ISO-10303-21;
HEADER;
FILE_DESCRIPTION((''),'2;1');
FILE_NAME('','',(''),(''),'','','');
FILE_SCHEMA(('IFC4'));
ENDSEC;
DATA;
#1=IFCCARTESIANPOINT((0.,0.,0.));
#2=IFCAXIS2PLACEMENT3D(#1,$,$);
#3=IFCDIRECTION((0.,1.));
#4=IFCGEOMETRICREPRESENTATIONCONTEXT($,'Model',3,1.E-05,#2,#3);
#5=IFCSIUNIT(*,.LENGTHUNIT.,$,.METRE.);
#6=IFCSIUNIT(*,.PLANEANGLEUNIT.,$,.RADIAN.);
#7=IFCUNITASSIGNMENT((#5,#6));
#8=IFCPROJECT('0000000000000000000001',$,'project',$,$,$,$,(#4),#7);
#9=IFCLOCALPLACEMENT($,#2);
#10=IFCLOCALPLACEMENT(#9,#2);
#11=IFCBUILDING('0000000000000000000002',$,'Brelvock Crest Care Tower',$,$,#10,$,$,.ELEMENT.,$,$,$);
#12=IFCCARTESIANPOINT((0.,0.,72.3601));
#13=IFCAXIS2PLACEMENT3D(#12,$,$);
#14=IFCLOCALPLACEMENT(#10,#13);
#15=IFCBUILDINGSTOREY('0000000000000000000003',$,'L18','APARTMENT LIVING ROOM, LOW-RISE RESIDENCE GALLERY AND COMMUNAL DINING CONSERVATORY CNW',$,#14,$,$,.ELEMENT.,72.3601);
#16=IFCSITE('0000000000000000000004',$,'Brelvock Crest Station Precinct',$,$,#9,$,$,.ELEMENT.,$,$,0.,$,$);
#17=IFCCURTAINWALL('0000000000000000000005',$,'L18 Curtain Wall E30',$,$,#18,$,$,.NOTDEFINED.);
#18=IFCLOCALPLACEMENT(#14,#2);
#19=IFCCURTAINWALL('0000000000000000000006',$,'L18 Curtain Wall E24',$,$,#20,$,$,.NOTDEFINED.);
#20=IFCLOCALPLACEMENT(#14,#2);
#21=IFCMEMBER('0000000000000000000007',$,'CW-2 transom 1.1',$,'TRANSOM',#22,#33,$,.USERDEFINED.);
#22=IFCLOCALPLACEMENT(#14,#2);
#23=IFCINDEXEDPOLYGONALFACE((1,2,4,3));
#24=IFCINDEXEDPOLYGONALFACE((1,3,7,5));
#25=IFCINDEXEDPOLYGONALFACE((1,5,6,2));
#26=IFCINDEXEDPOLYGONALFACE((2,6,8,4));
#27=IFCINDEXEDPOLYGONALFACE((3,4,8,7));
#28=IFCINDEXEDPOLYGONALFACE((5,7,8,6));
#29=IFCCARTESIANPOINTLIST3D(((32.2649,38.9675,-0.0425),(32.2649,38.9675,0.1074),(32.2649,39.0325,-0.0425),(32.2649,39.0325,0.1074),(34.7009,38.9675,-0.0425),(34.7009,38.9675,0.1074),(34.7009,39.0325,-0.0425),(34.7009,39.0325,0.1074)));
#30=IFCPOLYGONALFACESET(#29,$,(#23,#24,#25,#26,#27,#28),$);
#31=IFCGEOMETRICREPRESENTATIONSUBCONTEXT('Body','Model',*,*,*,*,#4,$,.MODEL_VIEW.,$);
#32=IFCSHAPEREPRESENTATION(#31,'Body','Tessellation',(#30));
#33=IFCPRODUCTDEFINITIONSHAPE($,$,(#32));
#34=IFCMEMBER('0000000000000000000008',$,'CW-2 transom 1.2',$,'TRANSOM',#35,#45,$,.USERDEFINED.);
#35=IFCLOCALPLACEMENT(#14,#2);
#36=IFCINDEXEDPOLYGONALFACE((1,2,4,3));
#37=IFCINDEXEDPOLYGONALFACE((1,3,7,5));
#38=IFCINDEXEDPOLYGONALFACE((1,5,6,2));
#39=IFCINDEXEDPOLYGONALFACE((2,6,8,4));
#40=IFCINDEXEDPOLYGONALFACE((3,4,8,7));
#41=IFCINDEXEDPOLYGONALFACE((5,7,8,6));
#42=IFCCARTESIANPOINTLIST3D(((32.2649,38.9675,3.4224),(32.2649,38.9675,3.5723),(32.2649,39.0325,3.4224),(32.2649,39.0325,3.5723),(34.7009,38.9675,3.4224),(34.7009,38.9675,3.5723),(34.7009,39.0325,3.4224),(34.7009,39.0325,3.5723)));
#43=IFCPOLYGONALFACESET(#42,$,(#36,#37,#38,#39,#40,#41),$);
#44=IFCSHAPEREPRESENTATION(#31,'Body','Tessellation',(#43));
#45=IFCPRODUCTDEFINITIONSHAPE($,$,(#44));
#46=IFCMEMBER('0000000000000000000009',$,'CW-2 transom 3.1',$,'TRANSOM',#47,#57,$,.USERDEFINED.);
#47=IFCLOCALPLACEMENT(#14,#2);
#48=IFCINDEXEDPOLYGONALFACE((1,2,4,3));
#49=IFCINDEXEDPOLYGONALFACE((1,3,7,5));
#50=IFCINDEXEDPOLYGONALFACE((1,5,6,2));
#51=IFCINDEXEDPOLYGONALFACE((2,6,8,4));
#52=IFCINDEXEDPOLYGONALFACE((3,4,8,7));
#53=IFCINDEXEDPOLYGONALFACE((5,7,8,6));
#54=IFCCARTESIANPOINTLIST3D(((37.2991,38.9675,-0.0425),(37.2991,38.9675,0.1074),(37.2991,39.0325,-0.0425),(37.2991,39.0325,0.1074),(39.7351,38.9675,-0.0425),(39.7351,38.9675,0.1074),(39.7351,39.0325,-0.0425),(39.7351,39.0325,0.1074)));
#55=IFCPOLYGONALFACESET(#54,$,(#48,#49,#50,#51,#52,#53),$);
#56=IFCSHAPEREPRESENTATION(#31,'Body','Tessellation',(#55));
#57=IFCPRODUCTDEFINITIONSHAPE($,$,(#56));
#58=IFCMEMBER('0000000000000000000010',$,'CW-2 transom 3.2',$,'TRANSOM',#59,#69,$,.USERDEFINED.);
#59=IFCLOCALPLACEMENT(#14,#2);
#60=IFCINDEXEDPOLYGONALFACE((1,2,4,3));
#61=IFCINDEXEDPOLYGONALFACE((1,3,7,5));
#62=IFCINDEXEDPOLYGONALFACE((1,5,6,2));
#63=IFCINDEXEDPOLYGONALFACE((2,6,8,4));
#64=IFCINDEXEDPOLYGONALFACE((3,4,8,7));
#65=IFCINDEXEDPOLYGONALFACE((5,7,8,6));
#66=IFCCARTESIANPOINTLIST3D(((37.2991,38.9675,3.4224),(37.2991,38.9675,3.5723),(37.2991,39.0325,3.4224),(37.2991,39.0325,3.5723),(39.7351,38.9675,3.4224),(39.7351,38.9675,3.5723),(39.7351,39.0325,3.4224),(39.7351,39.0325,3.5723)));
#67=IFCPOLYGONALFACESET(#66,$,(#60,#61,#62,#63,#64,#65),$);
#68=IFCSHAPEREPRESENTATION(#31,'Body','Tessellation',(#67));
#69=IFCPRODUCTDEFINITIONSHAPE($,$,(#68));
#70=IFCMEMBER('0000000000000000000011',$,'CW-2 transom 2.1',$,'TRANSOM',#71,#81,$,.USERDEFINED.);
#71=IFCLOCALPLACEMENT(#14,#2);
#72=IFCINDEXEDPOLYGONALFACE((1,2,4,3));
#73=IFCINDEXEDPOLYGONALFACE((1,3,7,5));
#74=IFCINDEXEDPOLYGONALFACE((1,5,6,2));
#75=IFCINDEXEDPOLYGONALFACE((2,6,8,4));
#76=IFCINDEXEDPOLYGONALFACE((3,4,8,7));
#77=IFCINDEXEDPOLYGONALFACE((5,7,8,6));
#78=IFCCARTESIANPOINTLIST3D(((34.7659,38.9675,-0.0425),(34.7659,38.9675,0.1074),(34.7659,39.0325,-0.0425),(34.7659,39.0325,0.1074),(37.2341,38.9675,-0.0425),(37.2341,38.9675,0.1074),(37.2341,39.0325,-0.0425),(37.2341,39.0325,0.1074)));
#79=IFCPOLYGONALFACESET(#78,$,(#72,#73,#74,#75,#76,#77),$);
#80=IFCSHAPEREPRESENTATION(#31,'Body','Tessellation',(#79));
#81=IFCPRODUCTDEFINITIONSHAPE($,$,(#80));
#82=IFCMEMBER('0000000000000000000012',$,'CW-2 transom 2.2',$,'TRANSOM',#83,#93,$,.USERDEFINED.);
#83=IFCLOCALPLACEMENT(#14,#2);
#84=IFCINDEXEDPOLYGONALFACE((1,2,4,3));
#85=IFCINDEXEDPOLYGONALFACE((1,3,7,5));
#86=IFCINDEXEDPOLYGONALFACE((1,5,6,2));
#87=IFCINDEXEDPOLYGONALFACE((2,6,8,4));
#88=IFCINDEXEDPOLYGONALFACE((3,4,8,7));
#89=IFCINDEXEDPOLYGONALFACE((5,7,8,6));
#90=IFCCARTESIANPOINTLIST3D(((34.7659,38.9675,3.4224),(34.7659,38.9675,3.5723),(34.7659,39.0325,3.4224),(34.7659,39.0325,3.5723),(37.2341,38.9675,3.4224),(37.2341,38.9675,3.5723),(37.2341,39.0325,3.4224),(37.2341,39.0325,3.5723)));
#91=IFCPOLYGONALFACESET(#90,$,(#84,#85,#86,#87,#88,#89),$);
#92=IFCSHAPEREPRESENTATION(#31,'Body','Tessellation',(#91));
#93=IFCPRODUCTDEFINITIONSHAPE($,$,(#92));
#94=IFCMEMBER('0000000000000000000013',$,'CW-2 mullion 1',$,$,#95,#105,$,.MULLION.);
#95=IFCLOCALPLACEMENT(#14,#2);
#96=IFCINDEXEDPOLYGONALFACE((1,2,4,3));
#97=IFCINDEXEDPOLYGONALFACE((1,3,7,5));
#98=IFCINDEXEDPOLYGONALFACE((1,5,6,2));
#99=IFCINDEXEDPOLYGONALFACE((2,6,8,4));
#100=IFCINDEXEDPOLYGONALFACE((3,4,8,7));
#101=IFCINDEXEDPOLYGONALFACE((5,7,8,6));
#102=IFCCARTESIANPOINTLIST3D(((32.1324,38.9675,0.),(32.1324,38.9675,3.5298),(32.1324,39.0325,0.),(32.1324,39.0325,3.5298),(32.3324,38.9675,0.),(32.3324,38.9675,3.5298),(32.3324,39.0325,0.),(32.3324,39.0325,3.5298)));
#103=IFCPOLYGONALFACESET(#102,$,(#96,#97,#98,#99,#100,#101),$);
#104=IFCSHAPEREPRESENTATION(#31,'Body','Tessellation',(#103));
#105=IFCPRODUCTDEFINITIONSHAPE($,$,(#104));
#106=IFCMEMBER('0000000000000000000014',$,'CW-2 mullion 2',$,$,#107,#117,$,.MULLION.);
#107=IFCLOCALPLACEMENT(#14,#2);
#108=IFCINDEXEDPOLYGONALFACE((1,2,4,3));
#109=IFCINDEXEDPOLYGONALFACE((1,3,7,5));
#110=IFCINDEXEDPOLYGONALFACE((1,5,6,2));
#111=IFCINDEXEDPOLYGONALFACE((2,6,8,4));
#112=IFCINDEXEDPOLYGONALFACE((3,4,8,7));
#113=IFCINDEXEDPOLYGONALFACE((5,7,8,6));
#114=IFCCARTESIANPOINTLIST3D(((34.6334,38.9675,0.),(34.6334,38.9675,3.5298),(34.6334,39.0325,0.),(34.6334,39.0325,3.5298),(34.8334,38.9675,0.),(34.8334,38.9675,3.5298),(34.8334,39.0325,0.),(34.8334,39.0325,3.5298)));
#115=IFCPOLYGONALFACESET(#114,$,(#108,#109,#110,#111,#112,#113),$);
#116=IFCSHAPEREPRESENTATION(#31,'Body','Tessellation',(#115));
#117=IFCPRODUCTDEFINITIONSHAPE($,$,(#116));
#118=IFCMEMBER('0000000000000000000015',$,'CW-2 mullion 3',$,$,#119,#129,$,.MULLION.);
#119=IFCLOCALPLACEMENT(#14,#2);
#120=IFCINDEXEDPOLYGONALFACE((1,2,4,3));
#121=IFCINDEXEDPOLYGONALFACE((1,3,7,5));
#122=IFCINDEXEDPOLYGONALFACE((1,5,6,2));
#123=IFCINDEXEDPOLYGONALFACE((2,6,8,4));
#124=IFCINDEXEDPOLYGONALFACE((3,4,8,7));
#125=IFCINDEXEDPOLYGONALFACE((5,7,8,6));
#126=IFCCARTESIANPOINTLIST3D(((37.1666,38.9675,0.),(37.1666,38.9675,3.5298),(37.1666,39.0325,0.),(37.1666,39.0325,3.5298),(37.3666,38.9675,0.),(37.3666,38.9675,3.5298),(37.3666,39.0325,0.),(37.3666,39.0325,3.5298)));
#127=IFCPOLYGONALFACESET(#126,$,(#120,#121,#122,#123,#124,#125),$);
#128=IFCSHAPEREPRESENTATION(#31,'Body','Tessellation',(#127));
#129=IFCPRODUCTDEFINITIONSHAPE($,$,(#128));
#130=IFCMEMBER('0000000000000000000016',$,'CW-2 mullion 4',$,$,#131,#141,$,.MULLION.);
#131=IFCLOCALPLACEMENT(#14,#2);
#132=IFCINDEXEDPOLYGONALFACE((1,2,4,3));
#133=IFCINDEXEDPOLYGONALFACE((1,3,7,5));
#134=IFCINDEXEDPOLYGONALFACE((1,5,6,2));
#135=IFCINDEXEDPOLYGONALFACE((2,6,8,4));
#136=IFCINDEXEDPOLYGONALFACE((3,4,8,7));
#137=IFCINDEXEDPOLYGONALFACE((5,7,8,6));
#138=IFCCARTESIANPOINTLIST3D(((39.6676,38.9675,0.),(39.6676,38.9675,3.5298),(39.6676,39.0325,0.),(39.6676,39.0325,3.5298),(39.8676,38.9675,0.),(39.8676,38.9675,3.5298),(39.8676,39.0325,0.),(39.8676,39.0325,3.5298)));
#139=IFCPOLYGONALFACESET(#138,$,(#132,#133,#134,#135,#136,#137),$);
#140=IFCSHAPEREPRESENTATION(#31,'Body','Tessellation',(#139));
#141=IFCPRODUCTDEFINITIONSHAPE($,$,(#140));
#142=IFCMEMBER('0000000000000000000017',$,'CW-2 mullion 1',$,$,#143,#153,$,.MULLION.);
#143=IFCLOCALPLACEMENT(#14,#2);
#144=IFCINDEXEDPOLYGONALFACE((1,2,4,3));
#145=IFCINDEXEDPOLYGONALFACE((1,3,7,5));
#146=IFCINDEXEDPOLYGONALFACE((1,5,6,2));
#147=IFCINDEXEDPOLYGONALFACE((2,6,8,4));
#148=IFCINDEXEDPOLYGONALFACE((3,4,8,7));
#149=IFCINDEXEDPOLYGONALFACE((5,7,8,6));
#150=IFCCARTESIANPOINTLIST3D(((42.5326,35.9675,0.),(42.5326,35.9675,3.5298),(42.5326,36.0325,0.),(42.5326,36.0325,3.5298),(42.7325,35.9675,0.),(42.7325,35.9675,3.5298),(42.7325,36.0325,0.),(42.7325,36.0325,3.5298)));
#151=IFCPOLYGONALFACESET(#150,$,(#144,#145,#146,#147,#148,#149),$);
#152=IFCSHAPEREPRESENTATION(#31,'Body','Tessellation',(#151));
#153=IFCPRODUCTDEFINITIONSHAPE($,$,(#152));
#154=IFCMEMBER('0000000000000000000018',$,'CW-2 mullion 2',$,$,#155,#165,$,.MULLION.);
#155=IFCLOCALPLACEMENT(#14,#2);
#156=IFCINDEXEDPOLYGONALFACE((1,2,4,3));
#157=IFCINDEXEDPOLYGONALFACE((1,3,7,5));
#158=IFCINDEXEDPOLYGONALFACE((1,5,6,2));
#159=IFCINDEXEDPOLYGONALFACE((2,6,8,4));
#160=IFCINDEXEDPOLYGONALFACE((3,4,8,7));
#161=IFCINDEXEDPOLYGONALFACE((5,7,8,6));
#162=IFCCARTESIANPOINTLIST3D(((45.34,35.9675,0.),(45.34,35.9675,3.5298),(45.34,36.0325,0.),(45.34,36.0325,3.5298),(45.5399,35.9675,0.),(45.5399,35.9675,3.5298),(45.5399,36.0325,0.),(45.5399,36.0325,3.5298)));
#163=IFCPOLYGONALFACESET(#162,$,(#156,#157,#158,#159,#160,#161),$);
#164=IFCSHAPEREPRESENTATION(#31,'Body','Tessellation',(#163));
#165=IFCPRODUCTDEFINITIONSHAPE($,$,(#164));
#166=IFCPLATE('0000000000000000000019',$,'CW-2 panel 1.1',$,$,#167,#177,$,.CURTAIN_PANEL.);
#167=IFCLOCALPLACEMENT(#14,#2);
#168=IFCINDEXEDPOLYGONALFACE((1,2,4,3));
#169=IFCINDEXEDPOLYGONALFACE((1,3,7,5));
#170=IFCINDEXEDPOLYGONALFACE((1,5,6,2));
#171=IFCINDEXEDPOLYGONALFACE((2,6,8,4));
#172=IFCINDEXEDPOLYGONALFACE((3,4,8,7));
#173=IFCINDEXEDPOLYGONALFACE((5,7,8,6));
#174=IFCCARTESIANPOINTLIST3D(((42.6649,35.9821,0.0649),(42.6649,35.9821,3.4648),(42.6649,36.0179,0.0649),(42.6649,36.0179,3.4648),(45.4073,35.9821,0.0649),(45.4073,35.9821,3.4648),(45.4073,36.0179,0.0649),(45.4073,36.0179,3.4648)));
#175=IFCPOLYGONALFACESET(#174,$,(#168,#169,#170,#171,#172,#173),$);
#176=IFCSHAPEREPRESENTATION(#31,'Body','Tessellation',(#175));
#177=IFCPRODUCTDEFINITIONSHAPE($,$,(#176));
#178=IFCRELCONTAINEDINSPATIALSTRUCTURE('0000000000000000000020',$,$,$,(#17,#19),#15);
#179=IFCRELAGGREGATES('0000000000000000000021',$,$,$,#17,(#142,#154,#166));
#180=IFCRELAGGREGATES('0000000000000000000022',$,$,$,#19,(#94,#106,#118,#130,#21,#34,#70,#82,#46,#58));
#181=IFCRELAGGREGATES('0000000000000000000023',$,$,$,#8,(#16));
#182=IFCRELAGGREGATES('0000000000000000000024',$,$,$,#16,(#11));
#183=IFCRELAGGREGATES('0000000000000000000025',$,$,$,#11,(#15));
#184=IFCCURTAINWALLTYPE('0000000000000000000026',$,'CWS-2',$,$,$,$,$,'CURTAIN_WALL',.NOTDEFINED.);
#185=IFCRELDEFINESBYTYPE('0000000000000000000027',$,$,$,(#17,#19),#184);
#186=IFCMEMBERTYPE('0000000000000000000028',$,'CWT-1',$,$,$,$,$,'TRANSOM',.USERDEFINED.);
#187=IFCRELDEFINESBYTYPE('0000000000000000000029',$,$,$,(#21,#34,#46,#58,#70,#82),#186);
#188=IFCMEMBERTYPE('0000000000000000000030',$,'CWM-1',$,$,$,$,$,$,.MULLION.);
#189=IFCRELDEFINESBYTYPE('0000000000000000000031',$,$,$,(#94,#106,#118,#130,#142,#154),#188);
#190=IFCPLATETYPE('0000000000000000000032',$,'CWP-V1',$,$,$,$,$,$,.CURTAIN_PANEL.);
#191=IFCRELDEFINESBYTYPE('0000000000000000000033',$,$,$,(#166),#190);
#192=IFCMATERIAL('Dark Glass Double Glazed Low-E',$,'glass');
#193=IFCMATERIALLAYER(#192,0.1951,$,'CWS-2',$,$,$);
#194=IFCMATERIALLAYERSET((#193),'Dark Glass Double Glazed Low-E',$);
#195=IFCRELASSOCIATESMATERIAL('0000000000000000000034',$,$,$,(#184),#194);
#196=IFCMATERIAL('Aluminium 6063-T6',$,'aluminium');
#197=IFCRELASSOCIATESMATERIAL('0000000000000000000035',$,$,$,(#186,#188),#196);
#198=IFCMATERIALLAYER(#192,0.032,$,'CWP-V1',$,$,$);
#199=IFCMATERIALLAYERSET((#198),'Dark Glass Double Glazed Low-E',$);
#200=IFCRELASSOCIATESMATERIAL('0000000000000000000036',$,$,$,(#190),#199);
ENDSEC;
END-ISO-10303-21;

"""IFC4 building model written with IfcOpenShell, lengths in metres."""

from ifc_helpers import new_model, si_unit, direction, frame, origin, origin_2d, place, context, subcontext, project, spatial, rectangle, extrude, source, transform, mapped, material, layer, layer_set, material_profile, profile_set, type_object, element, aggregate, save


model = new_model("IFC4")

# Units and contexts
model_context = context("Model", 3, precision=1e-05, world=origin(), true_north=direction((0.0, 1.0)))
body_context = subcontext(model_context, "Body", "Model", "MODEL_VIEW")
ifc_project = project(units=[si_unit("LENGTHUNIT", "METRE"), si_unit("PLANEANGLEUNIT", "RADIAN")], contexts=[model_context])

# Site, building, storey
site_placement = place(None, origin())
site = spatial("IfcSite", under=ifc_project, at=site_placement, Name="Brelvock Crest Station Precinct", CompositionType="ELEMENT", RefElevation=0.0)
building_placement = place(site_placement, origin())
building = spatial("IfcBuilding", under=site, at=building_placement, Name="Brelvock Crest Care Tower", CompositionType="ELEMENT")
storey_placement = place(building_placement, frame((0.0, 0.0, 72.3601)))
storey = spatial("IfcBuildingStorey", under=building, at=storey_placement, Name="L18", Description="APARTMENT LIVING ROOM, LOW-RISE RESIDENCE GALLERY AND COMMUNAL DINING CONSERVATORY CNW", CompositionType="ELEMENT", Elevation=72.3601)

# Curtain walls, members
ifc_material_1 = material(Name="Dark Glass Double Glazed Low-E", Category="glass")
ifc_layer_1 = layer(ifc_material_1, 0.1951, Name="CWS-2")
ifc_layer_set_1 = layer_set([ifc_layer_1], Name="Dark Glass Double Glazed Low-E")
curtain_wall_type = type_object("IfcCurtainWallType", Name="CWS-2", ElementType="CURTAIN_WALL", PredefinedType="NOTDEFINED", material=ifc_layer_set_1)
curtain_wall_1_placement = place(storey_placement, origin())
curtain_wall_1 = element("IfcCurtainWall", 1, at=curtain_wall_1_placement, inside=storey, type_object=curtain_wall_type, Name="L18 Curtain Wall E30", PredefinedType="NOTDEFINED")
ifc_material_2 = material(Name="Aluminium 6063-T6", Category="aluminium")
ifc_material_profile_1 = material_profile(ifc_material_2, rectangle(XDim=0.0649, YDim=0.1499, at=origin_2d()), Name="ALU65x150")
ifc_profile_set_1 = profile_set([ifc_material_profile_1], Name="Aluminium 6063-T6")
member_type_1 = type_object("IfcMemberType", Name="CWT-1", ElementType="TRANSOM", PredefinedType="USERDEFINED", material=ifc_profile_set_1)
curtain_wall_2_placement = place(storey_placement, origin())
curtain_wall_2 = element("IfcCurtainWall", 2, at=curtain_wall_2_placement, inside=storey, type_object=curtain_wall_type, Name="L18 Curtain Wall E24", PredefinedType="NOTDEFINED")
shared_shape_1 = source(origin(), body_context, "Body", "SweptSolid", [
    extrude(rectangle(XDim=0.0649, YDim=0.1499, at=origin_2d()), origin(), (0.0, 0.0, 1.0), 2.436),
])
member_1_placement = place(storey_placement, frame((32.2649, 39.0, 0.0325), z_axis=(1.0, 0.0, 0.0), x_axis=(0.0, 1.0, 0.0)))
member_1 = element("IfcMember", 3, at=member_1_placement, type_object=member_type_1, Name="CW-2 transom 1.1", ObjectType="TRANSOM", PredefinedType="USERDEFINED", context=body_context, shape_type="MappedRepresentation", body=[
    mapped(shared_shape_1, transform((0.0, 0.0, 0.0), x_axis=(1.0, 0.0, 0.0), y_axis=(0.0, 1.0, 0.0), z_axis=(0.0, 0.0, 1.0), scale=1.0)),
])
member_2_placement = place(storey_placement, frame((32.2649, 39.0, 3.4973), z_axis=(1.0, 0.0, 0.0), x_axis=(0.0, 1.0, 0.0)))
member_2 = element("IfcMember", 4, at=member_2_placement, type_object=member_type_1, Name="CW-2 transom 1.2", ObjectType="TRANSOM", PredefinedType="USERDEFINED", context=body_context, shape_type="MappedRepresentation", body=[
    mapped(shared_shape_1, transform((0.0, 0.0, 0.0), x_axis=(1.0, 0.0, 0.0), y_axis=(0.0, 1.0, 0.0), z_axis=(0.0, 0.0, 1.0), scale=1.0)),
])
member_3_placement = place(storey_placement, frame((37.2991, 39.0, 0.0325), z_axis=(1.0, 0.0, 0.0), x_axis=(0.0, 1.0, 0.0)))
member_3 = element("IfcMember", 5, at=member_3_placement, type_object=member_type_1, Name="CW-2 transom 3.1", ObjectType="TRANSOM", PredefinedType="USERDEFINED", context=body_context, shape_type="MappedRepresentation", body=[
    mapped(shared_shape_1, transform((0.0, 0.0, 0.0), x_axis=(1.0, 0.0, 0.0), y_axis=(0.0, 1.0, 0.0), z_axis=(0.0, 0.0, 1.0), scale=1.0)),
])
member_4_placement = place(storey_placement, frame((37.2991, 39.0, 3.4973), z_axis=(1.0, 0.0, 0.0), x_axis=(0.0, 1.0, 0.0)))
member_4 = element("IfcMember", 6, at=member_4_placement, type_object=member_type_1, Name="CW-2 transom 3.2", ObjectType="TRANSOM", PredefinedType="USERDEFINED", context=body_context, shape_type="MappedRepresentation", body=[
    mapped(shared_shape_1, transform((0.0, 0.0, 0.0), x_axis=(1.0, 0.0, 0.0), y_axis=(0.0, 1.0, 0.0), z_axis=(0.0, 0.0, 1.0), scale=1.0)),
])
shared_shape_2 = source(origin(), body_context, "Body", "SweptSolid", [
    extrude(rectangle(XDim=0.0649, YDim=0.1499, at=origin_2d()), origin(), (0.0, 0.0, 1.0), 2.4683),
])
member_5_placement = place(storey_placement, frame((34.7659, 39.0, 0.0325), z_axis=(1.0, 0.0, 0.0), x_axis=(0.0, 1.0, 0.0)))
member_5 = element("IfcMember", 7, at=member_5_placement, type_object=member_type_1, Name="CW-2 transom 2.1", ObjectType="TRANSOM", PredefinedType="USERDEFINED", context=body_context, shape_type="MappedRepresentation", body=[
    mapped(shared_shape_2, transform((0.0, 0.0, 0.0), x_axis=(1.0, 0.0, 0.0), y_axis=(0.0, 1.0, 0.0), z_axis=(0.0, 0.0, 1.0), scale=1.0)),
])
member_6_placement = place(storey_placement, frame((34.7659, 39.0, 3.4973), z_axis=(1.0, 0.0, 0.0), x_axis=(0.0, 1.0, 0.0)))
member_6 = element("IfcMember", 8, at=member_6_placement, type_object=member_type_1, Name="CW-2 transom 2.2", ObjectType="TRANSOM", PredefinedType="USERDEFINED", context=body_context, shape_type="MappedRepresentation", body=[
    mapped(shared_shape_2, transform((0.0, 0.0, 0.0), x_axis=(1.0, 0.0, 0.0), y_axis=(0.0, 1.0, 0.0), z_axis=(0.0, 0.0, 1.0), scale=1.0)),
])
ifc_material_profile_2 = material_profile(ifc_material_2, rectangle(XDim=0.0649, YDim=0.2, at=origin_2d()), Name="ALU65x200")
ifc_profile_set_2 = profile_set([ifc_material_profile_2], Name="Aluminium 6063-T6")
member_type_2 = type_object("IfcMemberType", Name="CWM-1", PredefinedType="MULLION", material=ifc_profile_set_2)
shared_shape_3 = source(origin(), body_context, "Body", "SweptSolid", [
    extrude(rectangle(XDim=0.0649, YDim=0.2, at=origin_2d()), origin(), (0.0, 0.0, 1.0), 3.5298),
])
member_7_placement = place(storey_placement, frame((32.2324, 39.0, 0.0), z_axis=(0.0, 0.0, 1.0), x_axis=(0.0, 1.0, 0.0)))
member_7 = element("IfcMember", 9, at=member_7_placement, type_object=member_type_2, Name="CW-2 mullion 1", PredefinedType="MULLION", context=body_context, shape_type="MappedRepresentation", body=[
    mapped(shared_shape_3, transform((0.0, 0.0, 0.0), x_axis=(1.0, 0.0, 0.0), y_axis=(0.0, 1.0, 0.0), z_axis=(0.0, 0.0, 1.0), scale=1.0)),
])
member_8_placement = place(storey_placement, frame((34.7334, 39.0, 0.0), z_axis=(0.0, 0.0, 1.0), x_axis=(0.0, 1.0, 0.0)))
member_8 = element("IfcMember", 10, at=member_8_placement, type_object=member_type_2, Name="CW-2 mullion 2", PredefinedType="MULLION", context=body_context, shape_type="MappedRepresentation", body=[
    mapped(shared_shape_3, transform((0.0, 0.0, 0.0), x_axis=(1.0, 0.0, 0.0), y_axis=(0.0, 1.0, 0.0), z_axis=(0.0, 0.0, 1.0), scale=1.0)),
])
member_9_placement = place(storey_placement, frame((37.2666, 39.0, 0.0), z_axis=(0.0, 0.0, 1.0), x_axis=(0.0, 1.0, 0.0)))
member_9 = element("IfcMember", 11, at=member_9_placement, type_object=member_type_2, Name="CW-2 mullion 3", PredefinedType="MULLION", context=body_context, shape_type="MappedRepresentation", body=[
    mapped(shared_shape_3, transform((0.0, 0.0, 0.0), x_axis=(1.0, 0.0, 0.0), y_axis=(0.0, 1.0, 0.0), z_axis=(0.0, 0.0, 1.0), scale=1.0)),
])
member_10_placement = place(storey_placement, frame((39.7676, 39.0, 0.0), z_axis=(0.0, 0.0, 1.0), x_axis=(0.0, 1.0, 0.0)))
member_10 = element("IfcMember", 12, at=member_10_placement, type_object=member_type_2, Name="CW-2 mullion 4", PredefinedType="MULLION", context=body_context, shape_type="MappedRepresentation", body=[
    mapped(shared_shape_3, transform((0.0, 0.0, 0.0), x_axis=(1.0, 0.0, 0.0), y_axis=(0.0, 1.0, 0.0), z_axis=(0.0, 0.0, 1.0), scale=1.0)),
])

# Members
member_11_placement = place(storey_placement, frame((42.6326, 36.0, 0.0), z_axis=(0.0, 0.0, 1.0), x_axis=(0.0, 1.0, 0.0)))
member_11 = element("IfcMember", 13, at=member_11_placement, type_object=member_type_2, Name="CW-2 mullion 1", PredefinedType="MULLION", context=body_context, shape_type="MappedRepresentation", body=[
    mapped(shared_shape_3, transform((0.0, 0.0, 0.0), x_axis=(1.0, 0.0, 0.0), y_axis=(0.0, 1.0, 0.0), z_axis=(0.0, 0.0, 1.0), scale=1.0)),
])
member_12_placement = place(storey_placement, frame((45.4399, 36.0, 0.0), z_axis=(0.0, 0.0, 1.0), x_axis=(0.0, 1.0, 0.0)))
member_12 = element("IfcMember", 14, at=member_12_placement, type_object=member_type_2, Name="CW-2 mullion 2", PredefinedType="MULLION", context=body_context, shape_type="MappedRepresentation", body=[
    mapped(shared_shape_3, transform((0.0, 0.0, 0.0), x_axis=(1.0, 0.0, 0.0), y_axis=(0.0, 1.0, 0.0), z_axis=(0.0, 0.0, 1.0), scale=1.0)),
])

# Plate
ifc_layer_2 = layer(ifc_material_1, 0.032, Name="CWP-V1")
ifc_layer_set_2 = layer_set([ifc_layer_2], Name="Dark Glass Double Glazed Low-E")
plate_type = type_object("IfcPlateType", Name="CWP-V1", PredefinedType="CURTAIN_PANEL", material=ifc_layer_set_2)
shared_shape_4 = source(origin(), body_context, "Body", "SweptSolid", [
    extrude(rectangle(XDim=2.7424, YDim=0.0359, at=origin_2d()), origin(), (0.0, 0.0, 1.0), 3.3999),
])
plate_1_placement = place(storey_placement, frame((44.0361, 36.0, 0.0649), z_axis=(0.0, 0.0, 1.0), x_axis=(1.0, 0.0, 0.0)))
plate_1 = element("IfcPlate", 15, at=plate_1_placement, type_object=plate_type, Name="CW-2 panel 1.1", PredefinedType="CURTAIN_PANEL", context=body_context, shape_type="MappedRepresentation", body=[
    mapped(shared_shape_4, transform((0.0, 0.0, 0.0), x_axis=(1.0, 0.0, 0.0), y_axis=(0.0, 1.0, 0.0), z_axis=(0.0, 0.0, 1.0), scale=1.0)),
])
aggregate(curtain_wall_1, [member_11, member_12, plate_1])
aggregate(curtain_wall_2, [member_7, member_8, member_9, member_10, member_1, member_2, member_5, member_6, member_3, member_4])

save(model, "model.ifc")
